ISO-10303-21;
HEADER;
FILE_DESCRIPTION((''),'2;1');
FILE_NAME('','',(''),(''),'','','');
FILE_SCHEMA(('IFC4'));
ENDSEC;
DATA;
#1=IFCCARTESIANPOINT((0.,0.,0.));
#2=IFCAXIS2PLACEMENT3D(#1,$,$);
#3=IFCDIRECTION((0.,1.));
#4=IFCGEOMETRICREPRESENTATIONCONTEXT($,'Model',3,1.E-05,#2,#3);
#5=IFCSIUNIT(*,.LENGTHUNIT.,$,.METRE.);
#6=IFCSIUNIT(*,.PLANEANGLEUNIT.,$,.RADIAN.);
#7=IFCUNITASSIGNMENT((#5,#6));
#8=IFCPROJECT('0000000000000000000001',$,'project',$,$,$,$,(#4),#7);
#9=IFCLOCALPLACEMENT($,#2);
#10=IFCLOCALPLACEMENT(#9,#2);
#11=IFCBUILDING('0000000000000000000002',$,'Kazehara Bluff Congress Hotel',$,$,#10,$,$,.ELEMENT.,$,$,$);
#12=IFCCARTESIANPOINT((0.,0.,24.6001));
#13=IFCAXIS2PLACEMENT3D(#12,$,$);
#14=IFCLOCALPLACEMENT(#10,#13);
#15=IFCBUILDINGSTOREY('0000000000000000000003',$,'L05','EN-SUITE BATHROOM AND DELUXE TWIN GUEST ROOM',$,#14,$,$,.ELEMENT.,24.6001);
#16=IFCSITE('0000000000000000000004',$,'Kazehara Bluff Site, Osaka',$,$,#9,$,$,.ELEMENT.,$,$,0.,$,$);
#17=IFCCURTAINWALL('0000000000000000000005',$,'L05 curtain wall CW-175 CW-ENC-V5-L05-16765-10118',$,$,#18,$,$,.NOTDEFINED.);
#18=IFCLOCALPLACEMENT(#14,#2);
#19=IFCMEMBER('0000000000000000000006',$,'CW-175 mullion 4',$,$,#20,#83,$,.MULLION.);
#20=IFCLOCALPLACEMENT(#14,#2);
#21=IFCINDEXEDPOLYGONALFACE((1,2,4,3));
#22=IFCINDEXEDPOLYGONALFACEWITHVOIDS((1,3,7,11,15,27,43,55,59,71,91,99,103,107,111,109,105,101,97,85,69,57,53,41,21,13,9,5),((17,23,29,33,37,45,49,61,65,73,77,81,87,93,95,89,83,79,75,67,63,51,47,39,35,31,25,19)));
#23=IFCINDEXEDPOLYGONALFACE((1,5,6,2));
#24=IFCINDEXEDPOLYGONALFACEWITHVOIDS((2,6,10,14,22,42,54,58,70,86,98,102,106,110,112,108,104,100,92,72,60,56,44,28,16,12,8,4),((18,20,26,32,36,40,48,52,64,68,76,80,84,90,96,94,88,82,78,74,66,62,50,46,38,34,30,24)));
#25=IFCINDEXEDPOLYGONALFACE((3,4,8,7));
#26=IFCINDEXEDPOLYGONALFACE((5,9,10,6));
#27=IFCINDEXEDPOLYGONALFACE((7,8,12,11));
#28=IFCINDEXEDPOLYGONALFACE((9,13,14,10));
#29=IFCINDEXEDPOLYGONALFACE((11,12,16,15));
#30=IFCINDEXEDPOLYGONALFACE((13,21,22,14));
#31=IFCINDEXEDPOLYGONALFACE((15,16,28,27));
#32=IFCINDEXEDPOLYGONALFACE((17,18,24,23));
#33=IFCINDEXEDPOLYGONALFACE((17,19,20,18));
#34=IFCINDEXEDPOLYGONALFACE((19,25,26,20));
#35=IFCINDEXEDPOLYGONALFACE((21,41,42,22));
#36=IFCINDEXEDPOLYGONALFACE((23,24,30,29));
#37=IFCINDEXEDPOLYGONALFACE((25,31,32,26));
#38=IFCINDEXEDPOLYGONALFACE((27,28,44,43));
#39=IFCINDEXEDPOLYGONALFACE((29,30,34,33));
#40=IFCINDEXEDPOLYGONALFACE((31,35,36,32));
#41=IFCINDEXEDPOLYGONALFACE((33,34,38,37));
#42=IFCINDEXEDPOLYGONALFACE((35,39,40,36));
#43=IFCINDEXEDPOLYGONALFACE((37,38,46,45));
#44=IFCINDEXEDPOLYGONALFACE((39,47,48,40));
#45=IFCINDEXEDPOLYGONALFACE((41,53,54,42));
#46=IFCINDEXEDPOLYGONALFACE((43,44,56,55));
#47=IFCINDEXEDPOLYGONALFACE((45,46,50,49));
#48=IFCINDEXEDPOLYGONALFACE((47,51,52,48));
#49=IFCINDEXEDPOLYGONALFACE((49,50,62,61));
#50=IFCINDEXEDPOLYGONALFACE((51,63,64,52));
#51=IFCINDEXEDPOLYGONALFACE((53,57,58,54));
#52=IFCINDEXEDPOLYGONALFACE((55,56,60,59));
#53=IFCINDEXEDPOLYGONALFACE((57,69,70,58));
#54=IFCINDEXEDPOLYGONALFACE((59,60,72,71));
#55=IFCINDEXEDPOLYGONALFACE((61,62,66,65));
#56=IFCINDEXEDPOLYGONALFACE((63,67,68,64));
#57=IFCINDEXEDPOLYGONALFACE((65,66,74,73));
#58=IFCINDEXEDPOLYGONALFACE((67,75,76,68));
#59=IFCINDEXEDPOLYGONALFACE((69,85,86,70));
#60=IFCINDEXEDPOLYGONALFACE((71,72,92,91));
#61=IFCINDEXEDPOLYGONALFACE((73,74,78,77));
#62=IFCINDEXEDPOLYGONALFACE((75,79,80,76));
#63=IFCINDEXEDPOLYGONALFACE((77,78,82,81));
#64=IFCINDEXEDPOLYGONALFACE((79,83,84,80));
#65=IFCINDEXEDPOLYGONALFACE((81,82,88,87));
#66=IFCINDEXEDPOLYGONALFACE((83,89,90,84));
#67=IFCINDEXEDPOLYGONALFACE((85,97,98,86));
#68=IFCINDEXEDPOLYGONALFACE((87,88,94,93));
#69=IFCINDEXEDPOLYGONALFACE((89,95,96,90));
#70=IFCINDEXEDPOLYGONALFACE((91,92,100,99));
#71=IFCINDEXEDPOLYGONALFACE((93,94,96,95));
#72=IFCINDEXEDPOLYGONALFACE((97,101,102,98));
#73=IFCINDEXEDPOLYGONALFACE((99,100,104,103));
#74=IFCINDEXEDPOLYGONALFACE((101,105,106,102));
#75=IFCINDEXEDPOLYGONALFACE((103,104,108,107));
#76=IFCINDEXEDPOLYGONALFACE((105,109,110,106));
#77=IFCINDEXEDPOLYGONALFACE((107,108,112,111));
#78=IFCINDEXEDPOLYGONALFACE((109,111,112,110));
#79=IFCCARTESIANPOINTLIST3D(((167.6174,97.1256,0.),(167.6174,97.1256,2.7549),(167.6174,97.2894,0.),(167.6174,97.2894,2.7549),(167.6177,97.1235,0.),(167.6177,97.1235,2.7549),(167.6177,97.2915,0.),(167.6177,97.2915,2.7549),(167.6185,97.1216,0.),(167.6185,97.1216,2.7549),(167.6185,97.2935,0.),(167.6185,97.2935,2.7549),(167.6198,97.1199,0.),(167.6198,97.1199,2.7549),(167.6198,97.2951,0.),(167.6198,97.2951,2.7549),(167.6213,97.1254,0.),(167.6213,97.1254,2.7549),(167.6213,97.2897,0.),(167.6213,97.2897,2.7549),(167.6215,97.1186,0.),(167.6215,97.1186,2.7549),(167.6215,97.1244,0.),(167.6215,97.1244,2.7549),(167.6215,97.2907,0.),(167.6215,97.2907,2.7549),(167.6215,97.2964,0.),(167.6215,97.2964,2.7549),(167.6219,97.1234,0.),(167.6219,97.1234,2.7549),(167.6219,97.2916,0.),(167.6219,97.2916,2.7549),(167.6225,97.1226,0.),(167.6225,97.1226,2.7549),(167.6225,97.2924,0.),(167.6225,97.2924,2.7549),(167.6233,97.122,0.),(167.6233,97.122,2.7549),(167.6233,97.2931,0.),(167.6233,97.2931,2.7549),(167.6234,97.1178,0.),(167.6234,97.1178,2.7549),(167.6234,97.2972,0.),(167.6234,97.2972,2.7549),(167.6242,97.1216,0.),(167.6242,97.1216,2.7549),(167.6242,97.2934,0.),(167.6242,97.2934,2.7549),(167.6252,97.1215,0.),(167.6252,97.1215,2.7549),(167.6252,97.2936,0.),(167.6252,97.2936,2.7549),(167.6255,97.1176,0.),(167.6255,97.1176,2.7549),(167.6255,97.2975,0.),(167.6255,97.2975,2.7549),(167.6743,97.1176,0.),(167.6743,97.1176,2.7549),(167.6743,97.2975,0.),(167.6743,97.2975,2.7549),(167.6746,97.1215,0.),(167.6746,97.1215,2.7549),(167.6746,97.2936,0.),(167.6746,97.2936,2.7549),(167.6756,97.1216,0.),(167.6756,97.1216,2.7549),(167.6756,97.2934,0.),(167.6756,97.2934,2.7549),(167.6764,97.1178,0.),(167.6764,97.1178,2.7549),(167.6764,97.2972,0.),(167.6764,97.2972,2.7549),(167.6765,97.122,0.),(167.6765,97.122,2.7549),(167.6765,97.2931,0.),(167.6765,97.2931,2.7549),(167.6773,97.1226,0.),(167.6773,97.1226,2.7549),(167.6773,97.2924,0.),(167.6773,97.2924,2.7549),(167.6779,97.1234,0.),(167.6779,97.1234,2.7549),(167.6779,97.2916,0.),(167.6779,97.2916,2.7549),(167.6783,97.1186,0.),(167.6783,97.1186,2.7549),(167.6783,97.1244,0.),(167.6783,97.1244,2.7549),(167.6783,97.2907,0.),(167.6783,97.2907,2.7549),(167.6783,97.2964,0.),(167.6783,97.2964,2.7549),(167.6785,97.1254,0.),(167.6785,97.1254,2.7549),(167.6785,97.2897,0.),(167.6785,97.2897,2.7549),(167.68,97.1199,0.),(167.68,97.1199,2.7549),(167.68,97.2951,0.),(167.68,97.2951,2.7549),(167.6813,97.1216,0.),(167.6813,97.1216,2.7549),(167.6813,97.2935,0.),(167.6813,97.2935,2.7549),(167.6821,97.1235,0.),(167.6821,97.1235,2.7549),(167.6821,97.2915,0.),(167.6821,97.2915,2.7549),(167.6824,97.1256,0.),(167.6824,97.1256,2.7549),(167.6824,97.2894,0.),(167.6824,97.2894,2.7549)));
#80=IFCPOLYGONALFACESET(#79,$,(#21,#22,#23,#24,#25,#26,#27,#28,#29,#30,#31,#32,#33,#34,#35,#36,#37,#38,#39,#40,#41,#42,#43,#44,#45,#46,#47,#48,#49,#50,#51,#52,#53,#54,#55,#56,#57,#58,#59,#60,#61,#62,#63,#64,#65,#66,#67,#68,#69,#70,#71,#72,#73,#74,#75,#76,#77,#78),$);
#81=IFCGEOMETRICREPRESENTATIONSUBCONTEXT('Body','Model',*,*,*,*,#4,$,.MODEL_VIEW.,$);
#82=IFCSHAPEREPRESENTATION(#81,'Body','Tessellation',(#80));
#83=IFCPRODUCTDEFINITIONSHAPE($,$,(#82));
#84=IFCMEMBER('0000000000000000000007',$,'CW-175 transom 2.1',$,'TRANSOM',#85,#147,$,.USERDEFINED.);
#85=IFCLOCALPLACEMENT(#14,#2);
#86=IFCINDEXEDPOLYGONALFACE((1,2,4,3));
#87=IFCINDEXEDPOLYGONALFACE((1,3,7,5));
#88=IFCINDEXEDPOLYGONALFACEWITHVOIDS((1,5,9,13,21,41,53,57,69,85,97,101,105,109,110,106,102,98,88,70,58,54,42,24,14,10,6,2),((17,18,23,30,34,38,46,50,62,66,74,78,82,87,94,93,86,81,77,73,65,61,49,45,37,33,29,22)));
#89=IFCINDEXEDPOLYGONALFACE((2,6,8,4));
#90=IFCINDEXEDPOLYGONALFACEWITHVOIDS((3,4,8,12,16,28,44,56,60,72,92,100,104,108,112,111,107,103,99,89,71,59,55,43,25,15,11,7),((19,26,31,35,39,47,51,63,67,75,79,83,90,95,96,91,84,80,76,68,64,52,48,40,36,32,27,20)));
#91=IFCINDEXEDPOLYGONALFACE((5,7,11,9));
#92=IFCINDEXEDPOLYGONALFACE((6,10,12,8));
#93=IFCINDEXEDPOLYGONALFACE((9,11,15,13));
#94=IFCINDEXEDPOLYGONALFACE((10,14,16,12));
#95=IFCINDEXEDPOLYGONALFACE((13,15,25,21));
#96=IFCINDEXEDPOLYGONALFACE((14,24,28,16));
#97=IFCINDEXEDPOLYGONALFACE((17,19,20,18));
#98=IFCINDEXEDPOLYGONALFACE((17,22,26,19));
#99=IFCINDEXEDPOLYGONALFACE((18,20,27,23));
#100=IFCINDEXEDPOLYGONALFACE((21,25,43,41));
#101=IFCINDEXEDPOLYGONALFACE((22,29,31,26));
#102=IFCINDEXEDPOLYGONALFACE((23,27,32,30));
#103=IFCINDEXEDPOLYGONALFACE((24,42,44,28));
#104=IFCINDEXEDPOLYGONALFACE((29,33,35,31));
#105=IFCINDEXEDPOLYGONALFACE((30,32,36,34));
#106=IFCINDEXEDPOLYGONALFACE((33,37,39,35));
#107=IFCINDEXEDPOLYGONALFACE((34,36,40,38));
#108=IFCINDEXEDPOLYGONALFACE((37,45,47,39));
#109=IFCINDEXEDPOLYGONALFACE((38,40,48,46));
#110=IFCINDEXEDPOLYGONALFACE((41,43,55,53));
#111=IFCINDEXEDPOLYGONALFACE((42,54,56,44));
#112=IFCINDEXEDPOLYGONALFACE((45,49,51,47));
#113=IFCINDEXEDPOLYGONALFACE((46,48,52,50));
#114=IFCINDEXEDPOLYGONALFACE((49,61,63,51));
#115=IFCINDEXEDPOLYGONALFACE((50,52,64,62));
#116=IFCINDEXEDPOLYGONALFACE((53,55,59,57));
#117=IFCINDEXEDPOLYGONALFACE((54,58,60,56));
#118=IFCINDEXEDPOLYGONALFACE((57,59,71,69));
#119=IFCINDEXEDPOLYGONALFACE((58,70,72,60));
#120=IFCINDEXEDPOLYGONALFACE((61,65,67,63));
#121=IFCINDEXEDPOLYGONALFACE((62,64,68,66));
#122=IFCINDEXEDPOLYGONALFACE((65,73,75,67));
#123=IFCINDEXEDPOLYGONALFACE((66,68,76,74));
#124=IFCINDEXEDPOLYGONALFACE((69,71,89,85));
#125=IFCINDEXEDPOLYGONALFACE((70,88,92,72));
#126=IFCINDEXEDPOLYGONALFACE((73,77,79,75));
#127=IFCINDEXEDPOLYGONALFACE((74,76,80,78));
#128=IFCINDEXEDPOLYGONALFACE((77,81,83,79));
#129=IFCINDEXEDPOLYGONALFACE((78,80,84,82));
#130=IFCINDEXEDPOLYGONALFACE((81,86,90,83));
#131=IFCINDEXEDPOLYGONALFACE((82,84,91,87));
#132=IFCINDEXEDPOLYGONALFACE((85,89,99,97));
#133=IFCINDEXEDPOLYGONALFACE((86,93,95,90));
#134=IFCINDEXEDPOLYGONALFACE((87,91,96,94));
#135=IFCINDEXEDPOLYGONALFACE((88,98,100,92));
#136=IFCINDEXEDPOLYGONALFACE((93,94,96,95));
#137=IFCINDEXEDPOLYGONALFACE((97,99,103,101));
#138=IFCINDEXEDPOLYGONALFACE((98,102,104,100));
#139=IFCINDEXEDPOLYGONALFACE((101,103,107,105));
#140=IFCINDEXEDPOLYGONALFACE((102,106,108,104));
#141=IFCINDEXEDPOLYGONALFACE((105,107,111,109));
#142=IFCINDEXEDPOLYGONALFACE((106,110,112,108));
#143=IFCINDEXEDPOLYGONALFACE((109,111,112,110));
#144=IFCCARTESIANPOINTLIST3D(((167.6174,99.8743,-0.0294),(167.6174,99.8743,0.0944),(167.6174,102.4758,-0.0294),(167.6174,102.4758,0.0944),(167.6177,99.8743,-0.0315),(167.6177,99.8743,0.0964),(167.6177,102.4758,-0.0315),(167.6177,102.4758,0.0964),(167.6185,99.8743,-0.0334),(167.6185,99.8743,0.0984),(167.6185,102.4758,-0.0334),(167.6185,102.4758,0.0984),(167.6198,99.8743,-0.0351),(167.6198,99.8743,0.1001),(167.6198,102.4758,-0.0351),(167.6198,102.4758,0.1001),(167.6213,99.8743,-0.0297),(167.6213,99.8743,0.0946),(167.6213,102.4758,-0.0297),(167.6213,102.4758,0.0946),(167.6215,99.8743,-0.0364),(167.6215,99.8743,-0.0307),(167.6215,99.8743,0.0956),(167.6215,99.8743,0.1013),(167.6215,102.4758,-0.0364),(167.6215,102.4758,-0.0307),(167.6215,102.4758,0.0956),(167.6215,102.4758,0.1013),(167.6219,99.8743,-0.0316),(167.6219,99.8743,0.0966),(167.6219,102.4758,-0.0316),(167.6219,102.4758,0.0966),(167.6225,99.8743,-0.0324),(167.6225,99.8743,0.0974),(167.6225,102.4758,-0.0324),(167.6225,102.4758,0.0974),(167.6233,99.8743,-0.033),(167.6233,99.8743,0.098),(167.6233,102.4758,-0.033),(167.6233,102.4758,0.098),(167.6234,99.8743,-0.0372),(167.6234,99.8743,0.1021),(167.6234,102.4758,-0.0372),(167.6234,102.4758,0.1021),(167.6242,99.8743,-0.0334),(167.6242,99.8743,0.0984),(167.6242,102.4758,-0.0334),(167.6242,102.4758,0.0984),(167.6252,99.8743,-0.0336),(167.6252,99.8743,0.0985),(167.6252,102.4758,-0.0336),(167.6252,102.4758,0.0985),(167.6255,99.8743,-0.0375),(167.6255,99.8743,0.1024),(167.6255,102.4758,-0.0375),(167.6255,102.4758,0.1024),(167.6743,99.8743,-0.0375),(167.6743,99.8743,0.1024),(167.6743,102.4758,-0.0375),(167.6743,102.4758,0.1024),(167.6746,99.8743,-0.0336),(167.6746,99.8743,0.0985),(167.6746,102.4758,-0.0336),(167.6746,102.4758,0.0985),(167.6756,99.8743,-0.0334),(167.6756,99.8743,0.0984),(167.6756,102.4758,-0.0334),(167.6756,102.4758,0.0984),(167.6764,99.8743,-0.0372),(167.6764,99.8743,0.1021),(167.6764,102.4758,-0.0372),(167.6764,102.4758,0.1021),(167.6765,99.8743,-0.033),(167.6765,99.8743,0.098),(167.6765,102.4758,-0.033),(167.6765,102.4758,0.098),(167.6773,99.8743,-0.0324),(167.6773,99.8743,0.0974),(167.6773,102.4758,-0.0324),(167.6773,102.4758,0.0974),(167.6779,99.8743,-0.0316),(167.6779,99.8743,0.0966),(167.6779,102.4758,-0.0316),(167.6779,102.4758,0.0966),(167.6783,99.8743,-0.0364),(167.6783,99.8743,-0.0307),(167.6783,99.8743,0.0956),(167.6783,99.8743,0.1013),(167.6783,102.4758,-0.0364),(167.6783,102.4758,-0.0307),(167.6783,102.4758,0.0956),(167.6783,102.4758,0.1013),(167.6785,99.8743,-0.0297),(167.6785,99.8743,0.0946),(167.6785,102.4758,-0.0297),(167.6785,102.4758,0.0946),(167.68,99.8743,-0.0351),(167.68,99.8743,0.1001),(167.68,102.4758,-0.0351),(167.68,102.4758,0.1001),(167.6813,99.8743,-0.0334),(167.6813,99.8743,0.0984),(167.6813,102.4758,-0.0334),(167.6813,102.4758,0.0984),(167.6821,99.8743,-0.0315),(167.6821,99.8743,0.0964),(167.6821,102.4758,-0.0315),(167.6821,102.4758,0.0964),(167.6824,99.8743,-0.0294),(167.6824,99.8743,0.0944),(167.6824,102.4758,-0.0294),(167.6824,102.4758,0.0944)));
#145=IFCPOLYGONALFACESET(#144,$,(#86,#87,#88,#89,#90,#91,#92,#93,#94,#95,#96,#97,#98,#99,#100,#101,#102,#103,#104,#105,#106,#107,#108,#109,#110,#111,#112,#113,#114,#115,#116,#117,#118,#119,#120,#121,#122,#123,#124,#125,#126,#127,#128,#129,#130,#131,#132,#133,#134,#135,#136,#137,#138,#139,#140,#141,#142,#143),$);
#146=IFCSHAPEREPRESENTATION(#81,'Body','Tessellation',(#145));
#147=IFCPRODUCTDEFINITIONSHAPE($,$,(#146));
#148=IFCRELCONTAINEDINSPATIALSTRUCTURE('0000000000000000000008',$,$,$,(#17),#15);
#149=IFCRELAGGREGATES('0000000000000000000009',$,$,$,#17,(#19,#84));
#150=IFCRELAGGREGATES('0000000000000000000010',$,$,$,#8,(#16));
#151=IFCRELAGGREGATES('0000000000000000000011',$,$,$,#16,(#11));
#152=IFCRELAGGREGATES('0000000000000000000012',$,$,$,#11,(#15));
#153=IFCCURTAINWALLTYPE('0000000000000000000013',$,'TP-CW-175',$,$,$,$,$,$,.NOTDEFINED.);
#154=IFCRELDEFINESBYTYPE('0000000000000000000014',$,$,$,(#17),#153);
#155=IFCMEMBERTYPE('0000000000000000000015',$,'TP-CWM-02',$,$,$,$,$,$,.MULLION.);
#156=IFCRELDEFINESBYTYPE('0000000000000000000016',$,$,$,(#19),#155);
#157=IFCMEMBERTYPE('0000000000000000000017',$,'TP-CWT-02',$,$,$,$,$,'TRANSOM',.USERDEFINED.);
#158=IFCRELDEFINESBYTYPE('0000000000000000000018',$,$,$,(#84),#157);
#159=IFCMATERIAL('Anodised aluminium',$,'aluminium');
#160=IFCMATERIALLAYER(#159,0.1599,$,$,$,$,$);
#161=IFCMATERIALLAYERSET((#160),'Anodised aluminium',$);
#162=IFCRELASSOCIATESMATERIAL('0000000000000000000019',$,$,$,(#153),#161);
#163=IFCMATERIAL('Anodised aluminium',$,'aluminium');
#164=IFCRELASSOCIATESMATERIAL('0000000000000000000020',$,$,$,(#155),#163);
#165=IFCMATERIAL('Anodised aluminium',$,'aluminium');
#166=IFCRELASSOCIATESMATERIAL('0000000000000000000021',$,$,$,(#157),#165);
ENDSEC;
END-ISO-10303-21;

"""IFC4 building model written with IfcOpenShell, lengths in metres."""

from ifc_helpers import new_model, si_unit, direction, frame, origin, origin_2d, place, context, subcontext, project, spatial, hollow_rectangle, extrude, material, layer, layer_set, material_profile, profile_set, type_object, element, aggregate, save


model = new_model("IFC4")

# Units and contexts
model_context = context("Model", 3, precision=1e-05, world=origin(), true_north=direction((0.0, 1.0)))
body_context = subcontext(model_context, "Body", "Model", "MODEL_VIEW")
ifc_project = project(units=[si_unit("LENGTHUNIT", "METRE"), si_unit("PLANEANGLEUNIT", "RADIAN")], contexts=[model_context])

# Site, building, storey
site_placement = place(None, origin())
site = spatial("IfcSite", under=ifc_project, at=site_placement, Name="Kazehara Bluff Site, Osaka", CompositionType="ELEMENT", RefElevation=0.0)
building_placement = place(site_placement, origin())
building = spatial("IfcBuilding", under=site, at=building_placement, Name="Kazehara Bluff Congress Hotel", CompositionType="ELEMENT")
storey_placement = place(building_placement, frame((0.0, 0.0, 24.6001)))
storey = spatial("IfcBuildingStorey", under=building, at=storey_placement, Name="L05", Description="EN-SUITE BATHROOM AND DELUXE TWIN GUEST ROOM", CompositionType="ELEMENT", Elevation=24.6001)

# Curtain wall, members
ifc_material_1 = material(Name="Anodised aluminium", Category="aluminium")
ifc_layer_1 = layer(ifc_material_1, 0.1599)
ifc_layer_set_1 = layer_set([ifc_layer_1], Name="Anodised aluminium")
curtain_wall_type = type_object("IfcCurtainWallType", Name="TP-CW-175", PredefinedType="NOTDEFINED", material=ifc_layer_set_1)
curtain_wall_placement = place(storey_placement, origin())
curtain_wall = element("IfcCurtainWall", 1, at=curtain_wall_placement, inside=storey, type_object=curtain_wall_type, Name="L05 curtain wall CW-175 CW-ENC-V5-L05-16765-10118", PredefinedType="NOTDEFINED")
ifc_material_2 = material(Name="Anodised aluminium", Category="aluminium")
ifc_material_profile_1 = material_profile(ifc_material_2, hollow_rectangle(XDim=0.0649, YDim=0.1799, WallThickness=0.0039, InnerFilletRadius=0.0039, OuterFilletRadius=0.0081, at=origin_2d()))
ifc_profile_set_1 = profile_set([ifc_material_profile_1], Name="Anodised aluminium")
member_type_1 = type_object("IfcMemberType", Name="TP-CWM-02", PredefinedType="MULLION", material=ifc_profile_set_1)
member_1_placement = place(storey_placement, frame((167.6499, 97.2075, 0.0), z_axis=(0.0, 0.0, 1.0), x_axis=(1.0, 0.0, 0.0)))
member_1 = element("IfcMember", 2, at=member_1_placement, type_object=member_type_1, Name="CW-175 mullion 4", PredefinedType="MULLION", context=body_context, shape_type="SweptSolid", body=[
    extrude(hollow_rectangle(XDim=0.0649, YDim=0.1799, WallThickness=0.0039, InnerFilletRadius=0.0039, OuterFilletRadius=0.0081, at=origin_2d()), origin(), (0.0, 0.0, 1.0), 2.7549),
])
ifc_material_3 = material(Name="Anodised aluminium", Category="aluminium")
ifc_material_profile_2 = material_profile(ifc_material_3, hollow_rectangle(XDim=0.0649, YDim=0.1399, WallThickness=0.0039, InnerFilletRadius=0.0039, OuterFilletRadius=0.0081, at=origin_2d()))
ifc_profile_set_2 = profile_set([ifc_material_profile_2], Name="Anodised aluminium")
member_type_2 = type_object("IfcMemberType", Name="TP-CWT-02", ElementType="TRANSOM", PredefinedType="USERDEFINED", material=ifc_profile_set_2)
member_2_placement = place(storey_placement, frame((167.6499, 102.4758, 0.0325), z_axis=(0.0, -1.0, 0.0), x_axis=(1.0, 0.0, 0.0)))
member_2 = element("IfcMember", 3, at=member_2_placement, type_object=member_type_2, Name="CW-175 transom 2.1", ObjectType="TRANSOM", PredefinedType="USERDEFINED", context=body_context, shape_type="SweptSolid", body=[
    extrude(hollow_rectangle(XDim=0.0649, YDim=0.1399, WallThickness=0.0039, InnerFilletRadius=0.0039, OuterFilletRadius=0.0081, at=origin_2d()), origin(), (0.0, 0.0, 1.0), 2.6016),
])
aggregate(curtain_wall, [member_1, member_2])

save(model, "model.ifc")
